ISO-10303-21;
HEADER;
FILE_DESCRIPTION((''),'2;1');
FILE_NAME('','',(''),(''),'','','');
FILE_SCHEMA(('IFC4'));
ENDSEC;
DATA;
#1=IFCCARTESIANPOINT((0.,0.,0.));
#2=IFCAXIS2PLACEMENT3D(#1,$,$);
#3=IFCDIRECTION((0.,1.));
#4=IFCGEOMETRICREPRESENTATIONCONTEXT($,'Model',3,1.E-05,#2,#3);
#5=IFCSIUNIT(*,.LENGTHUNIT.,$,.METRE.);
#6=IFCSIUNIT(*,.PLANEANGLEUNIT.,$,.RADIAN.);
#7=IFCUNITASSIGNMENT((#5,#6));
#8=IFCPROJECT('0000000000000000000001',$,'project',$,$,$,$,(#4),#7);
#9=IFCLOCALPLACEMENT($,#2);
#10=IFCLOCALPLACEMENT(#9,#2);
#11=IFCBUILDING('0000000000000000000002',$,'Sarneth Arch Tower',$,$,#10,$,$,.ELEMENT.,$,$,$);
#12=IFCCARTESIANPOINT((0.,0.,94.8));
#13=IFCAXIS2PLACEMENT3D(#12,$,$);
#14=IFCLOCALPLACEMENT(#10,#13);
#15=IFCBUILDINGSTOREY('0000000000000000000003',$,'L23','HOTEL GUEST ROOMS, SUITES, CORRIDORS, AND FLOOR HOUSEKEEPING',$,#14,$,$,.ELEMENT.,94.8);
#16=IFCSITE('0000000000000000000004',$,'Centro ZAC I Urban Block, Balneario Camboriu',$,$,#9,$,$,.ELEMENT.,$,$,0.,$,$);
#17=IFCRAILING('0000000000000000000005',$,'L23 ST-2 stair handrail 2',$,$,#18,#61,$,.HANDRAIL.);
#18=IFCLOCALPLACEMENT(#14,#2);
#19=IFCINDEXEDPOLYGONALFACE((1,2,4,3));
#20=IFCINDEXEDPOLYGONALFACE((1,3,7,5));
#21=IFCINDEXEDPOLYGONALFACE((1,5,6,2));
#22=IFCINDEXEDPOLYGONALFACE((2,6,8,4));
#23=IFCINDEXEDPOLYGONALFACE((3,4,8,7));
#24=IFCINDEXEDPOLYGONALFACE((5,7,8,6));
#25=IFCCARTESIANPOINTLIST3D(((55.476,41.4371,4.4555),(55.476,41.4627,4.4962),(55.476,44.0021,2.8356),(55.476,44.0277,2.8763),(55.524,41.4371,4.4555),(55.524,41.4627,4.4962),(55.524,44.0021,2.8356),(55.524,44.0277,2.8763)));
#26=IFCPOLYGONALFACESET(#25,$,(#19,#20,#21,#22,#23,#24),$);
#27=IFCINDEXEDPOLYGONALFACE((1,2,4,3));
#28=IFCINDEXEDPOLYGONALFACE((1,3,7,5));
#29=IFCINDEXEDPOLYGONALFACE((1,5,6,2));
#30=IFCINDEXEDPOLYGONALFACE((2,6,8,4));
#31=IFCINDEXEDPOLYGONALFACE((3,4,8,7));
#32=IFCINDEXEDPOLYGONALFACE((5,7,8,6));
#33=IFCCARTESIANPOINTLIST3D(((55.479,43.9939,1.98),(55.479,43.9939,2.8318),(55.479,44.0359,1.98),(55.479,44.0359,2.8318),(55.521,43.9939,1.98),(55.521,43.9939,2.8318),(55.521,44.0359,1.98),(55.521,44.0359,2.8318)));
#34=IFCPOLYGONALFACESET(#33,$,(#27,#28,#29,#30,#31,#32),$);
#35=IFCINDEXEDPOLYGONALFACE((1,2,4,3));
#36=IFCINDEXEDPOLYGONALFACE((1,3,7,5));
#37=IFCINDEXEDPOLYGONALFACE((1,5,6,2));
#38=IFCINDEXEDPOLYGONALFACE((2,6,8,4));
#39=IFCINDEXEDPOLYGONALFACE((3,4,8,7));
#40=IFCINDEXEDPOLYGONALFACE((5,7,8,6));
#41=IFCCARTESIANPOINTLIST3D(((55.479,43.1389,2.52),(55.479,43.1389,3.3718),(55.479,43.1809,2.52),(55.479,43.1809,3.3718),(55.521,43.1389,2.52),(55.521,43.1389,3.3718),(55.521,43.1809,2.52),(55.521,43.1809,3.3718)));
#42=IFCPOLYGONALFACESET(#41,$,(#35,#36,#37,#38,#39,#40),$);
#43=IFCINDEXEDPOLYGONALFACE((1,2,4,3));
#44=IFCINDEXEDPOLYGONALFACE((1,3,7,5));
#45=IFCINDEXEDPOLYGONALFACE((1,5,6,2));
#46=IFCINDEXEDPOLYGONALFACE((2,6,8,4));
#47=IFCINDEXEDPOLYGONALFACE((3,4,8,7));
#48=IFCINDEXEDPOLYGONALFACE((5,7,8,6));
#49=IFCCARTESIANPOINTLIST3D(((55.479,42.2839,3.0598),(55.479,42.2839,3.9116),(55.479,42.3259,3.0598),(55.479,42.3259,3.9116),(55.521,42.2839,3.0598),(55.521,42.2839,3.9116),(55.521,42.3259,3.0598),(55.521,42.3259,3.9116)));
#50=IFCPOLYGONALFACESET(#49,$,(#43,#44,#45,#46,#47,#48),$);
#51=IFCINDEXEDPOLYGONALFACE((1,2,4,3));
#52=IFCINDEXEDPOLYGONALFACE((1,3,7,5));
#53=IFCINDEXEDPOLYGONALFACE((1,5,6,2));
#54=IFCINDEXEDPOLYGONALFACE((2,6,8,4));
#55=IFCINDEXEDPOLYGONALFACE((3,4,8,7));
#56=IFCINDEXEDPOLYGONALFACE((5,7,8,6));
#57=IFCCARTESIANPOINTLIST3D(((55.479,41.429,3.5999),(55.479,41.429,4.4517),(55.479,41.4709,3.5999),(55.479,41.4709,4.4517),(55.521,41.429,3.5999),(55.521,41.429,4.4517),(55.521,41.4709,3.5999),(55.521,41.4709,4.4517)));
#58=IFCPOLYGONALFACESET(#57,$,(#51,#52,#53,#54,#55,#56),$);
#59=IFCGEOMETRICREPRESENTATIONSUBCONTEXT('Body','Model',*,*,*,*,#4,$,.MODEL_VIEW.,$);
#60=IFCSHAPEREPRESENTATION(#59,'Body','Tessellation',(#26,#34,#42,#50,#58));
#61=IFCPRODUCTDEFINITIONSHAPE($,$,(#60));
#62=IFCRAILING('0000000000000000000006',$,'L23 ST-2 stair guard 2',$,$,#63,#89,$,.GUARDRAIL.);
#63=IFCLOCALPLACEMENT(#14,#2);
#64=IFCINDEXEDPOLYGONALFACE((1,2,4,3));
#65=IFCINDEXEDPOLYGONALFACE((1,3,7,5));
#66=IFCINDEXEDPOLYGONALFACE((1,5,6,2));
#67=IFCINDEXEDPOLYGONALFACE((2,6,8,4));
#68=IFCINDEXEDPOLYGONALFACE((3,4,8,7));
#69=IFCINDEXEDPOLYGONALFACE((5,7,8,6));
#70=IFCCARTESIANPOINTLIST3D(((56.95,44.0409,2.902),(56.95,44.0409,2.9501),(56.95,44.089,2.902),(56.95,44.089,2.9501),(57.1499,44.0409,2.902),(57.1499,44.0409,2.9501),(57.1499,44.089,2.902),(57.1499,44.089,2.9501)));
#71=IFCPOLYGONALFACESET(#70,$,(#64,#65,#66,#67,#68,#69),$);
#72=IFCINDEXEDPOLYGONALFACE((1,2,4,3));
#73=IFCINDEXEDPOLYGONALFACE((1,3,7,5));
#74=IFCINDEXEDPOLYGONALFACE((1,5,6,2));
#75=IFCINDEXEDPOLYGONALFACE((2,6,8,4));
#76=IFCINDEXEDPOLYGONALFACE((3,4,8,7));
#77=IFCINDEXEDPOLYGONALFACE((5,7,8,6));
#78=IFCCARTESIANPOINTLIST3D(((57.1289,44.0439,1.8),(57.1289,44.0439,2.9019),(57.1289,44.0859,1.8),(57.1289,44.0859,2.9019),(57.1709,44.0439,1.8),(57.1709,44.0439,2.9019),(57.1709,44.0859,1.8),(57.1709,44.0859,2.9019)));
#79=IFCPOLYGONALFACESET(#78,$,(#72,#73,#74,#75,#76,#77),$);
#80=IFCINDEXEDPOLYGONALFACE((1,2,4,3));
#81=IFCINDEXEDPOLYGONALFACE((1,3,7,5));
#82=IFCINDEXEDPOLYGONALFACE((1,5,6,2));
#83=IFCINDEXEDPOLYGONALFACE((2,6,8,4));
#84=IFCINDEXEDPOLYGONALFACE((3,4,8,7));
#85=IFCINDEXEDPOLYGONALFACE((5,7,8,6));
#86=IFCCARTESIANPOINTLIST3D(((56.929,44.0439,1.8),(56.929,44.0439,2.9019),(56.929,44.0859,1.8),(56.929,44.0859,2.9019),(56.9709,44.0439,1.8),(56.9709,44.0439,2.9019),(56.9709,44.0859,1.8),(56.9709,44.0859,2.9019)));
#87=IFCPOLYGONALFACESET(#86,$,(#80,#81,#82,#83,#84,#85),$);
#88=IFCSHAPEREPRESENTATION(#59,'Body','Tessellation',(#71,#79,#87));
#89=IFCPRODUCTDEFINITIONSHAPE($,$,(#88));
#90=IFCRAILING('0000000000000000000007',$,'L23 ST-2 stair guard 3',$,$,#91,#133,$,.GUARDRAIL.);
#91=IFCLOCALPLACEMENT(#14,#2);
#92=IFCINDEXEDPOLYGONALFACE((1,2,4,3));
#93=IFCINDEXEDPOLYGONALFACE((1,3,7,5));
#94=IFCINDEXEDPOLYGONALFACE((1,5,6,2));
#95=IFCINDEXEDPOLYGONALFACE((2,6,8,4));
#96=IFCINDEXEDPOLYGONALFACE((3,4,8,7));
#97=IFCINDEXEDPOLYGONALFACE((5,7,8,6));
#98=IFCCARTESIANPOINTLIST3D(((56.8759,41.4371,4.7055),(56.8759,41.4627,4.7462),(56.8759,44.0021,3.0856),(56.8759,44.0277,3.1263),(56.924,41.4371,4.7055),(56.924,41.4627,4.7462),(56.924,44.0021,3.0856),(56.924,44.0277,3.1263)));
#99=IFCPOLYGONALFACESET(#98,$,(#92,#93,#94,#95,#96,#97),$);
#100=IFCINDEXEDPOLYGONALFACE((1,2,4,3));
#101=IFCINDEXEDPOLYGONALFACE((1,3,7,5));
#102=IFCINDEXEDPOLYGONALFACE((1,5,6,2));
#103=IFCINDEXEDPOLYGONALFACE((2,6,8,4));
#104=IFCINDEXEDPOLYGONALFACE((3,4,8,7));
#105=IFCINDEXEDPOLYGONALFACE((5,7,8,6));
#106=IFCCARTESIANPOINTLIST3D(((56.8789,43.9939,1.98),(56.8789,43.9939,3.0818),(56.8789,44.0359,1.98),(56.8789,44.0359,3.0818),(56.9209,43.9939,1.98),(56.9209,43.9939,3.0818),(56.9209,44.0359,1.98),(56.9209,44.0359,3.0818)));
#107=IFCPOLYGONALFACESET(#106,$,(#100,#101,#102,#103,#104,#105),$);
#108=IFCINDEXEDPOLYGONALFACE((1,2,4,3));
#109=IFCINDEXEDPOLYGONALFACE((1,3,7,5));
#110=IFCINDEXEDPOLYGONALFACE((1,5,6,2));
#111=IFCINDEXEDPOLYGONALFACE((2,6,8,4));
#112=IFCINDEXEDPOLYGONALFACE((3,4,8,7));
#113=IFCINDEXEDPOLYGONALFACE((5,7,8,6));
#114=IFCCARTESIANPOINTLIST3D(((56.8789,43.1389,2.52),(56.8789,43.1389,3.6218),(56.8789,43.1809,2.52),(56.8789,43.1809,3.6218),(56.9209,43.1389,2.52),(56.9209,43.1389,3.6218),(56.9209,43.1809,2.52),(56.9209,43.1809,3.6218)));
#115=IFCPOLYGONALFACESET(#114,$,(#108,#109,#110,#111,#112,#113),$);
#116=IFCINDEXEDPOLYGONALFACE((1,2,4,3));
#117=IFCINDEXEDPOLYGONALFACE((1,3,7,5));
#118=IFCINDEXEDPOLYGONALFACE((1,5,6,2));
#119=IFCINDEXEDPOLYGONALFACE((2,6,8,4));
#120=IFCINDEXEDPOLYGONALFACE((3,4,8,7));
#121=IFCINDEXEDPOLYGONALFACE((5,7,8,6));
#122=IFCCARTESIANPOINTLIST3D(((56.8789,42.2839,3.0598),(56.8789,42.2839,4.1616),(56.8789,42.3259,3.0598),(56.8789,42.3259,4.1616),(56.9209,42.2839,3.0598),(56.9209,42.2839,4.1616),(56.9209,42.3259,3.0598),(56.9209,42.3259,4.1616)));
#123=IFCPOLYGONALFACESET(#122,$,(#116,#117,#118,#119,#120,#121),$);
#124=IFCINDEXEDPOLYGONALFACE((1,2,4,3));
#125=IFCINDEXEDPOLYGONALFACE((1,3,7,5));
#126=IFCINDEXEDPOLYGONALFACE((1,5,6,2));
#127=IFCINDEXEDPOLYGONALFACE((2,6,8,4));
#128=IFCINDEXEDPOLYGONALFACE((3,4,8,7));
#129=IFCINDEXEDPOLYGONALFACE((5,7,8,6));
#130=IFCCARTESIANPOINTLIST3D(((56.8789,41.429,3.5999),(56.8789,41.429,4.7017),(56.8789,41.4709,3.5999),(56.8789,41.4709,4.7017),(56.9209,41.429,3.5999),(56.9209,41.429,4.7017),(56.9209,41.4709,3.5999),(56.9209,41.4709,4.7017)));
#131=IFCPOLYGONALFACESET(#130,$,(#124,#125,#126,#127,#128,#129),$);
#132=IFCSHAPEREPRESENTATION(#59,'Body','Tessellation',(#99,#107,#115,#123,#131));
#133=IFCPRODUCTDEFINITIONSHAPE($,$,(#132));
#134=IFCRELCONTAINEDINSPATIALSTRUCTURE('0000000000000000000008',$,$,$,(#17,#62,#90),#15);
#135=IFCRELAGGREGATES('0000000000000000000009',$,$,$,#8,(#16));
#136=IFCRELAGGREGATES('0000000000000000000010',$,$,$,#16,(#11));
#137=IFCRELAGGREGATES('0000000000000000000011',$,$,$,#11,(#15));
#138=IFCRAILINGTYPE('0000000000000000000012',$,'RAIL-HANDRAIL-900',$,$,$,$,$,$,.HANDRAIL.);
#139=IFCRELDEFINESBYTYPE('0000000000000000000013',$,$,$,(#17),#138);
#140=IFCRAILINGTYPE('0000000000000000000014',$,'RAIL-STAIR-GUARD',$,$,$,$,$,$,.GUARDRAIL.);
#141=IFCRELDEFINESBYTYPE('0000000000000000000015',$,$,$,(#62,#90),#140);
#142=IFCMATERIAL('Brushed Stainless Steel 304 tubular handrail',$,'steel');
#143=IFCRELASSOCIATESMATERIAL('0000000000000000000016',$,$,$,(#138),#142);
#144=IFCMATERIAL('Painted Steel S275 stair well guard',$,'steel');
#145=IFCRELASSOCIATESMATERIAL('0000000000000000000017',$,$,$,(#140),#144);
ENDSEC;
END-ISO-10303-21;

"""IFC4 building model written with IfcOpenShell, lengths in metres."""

from ifc_helpers import new_model, si_unit, direction, frame, origin, origin_2d, place, context, subcontext, project, spatial, rectangle, extrude, material, type_object, element, save


model = new_model("IFC4")

# Units and contexts
model_context = context("Model", 3, precision=1e-05, world=origin(), true_north=direction((0.0, 1.0)))
body_context = subcontext(model_context, "Body", "Model", "MODEL_VIEW")
ifc_project = project(units=[si_unit("LENGTHUNIT", "METRE"), si_unit("PLANEANGLEUNIT", "RADIAN")], contexts=[model_context])

# Site, building, storey
site_placement = place(None, origin())
site = spatial("IfcSite", under=ifc_project, at=site_placement, Name="Centro ZAC I Urban Block, Balneario Camboriu", CompositionType="ELEMENT", RefElevation=0.0)
building_placement = place(site_placement, origin())
building = spatial("IfcBuilding", under=site, at=building_placement, Name="Sarneth Arch Tower", CompositionType="ELEMENT")
storey_placement = place(building_placement, frame((0.0, 0.0, 94.8)))
storey = spatial("IfcBuildingStorey", under=building, at=storey_placement, Name="L23", Description="HOTEL GUEST ROOMS, SUITES, CORRIDORS, AND FLOOR HOUSEKEEPING", CompositionType="ELEMENT", Elevation=94.8)

# Railings
ifc_material_1 = material(Name="Brushed Stainless Steel 304 tubular handrail", Category="steel")
railing_type_1 = type_object("IfcRailingType", Name="RAIL-HANDRAIL-900", PredefinedType="HANDRAIL", material=ifc_material_1)
railing_1_placement = place(storey_placement, frame((55.5, 44.0149, 1.98)))
element("IfcRailing", 1, at=railing_1_placement, inside=storey, type_object=railing_type_1, Name="L23 ST-2 stair handrail 2", PredefinedType="HANDRAIL", context=body_context, shape_type="SweptSolid", body=[
    extrude(rectangle(XDim=0.0481, YDim=0.0481, at=origin_2d()), frame((0.0, 0.0, 0.876), z_axis=(0.0, -0.845502, 0.533972), x_axis=(1.0, 0.0, 0.0)), (0.0, 0.0, 1.0), 3.0337),
    extrude(rectangle(XDim=0.042, YDim=0.042, at=origin_2d()), origin(), (0.0, 0.0, 1.0), 0.8518),
    extrude(rectangle(XDim=0.042, YDim=0.042, at=origin_2d()), frame((0.0, -0.855, 0.54)), (0.0, 0.0, 1.0), 0.8518),
    extrude(rectangle(XDim=0.042, YDim=0.042, at=origin_2d()), frame((0.0, -1.71, 1.0798)), (0.0, 0.0, 1.0), 0.8518),
    extrude(rectangle(XDim=0.042, YDim=0.042, at=origin_2d()), frame((0.0, -2.5649, 1.6199)), (0.0, 0.0, 1.0), 0.8518),
])
ifc_material_2 = material(Name="Painted Steel S275 stair well guard", Category="steel")
railing_type_2 = type_object("IfcRailingType", Name="RAIL-STAIR-GUARD", PredefinedType="GUARDRAIL", material=ifc_material_2)
railing_2_placement = place(storey_placement, frame((57.1499, 44.0649, 1.8)))
element("IfcRailing", 2, at=railing_2_placement, inside=storey, type_object=railing_type_2, Name="L23 ST-2 stair guard 2", PredefinedType="GUARDRAIL", context=body_context, shape_type="SweptSolid", body=[
    extrude(rectangle(XDim=0.0481, YDim=0.0481, at=origin_2d()), frame((0.0, 0.0, 1.126), z_axis=(-1.0, 0.0, 0.0), x_axis=(0.0, -1.0, 0.0)), (0.0, 0.0, 1.0), 0.2),
    extrude(rectangle(XDim=0.042, YDim=0.042, at=origin_2d()), origin(), (0.0, 0.0, 1.0), 1.1018),
    extrude(rectangle(XDim=0.042, YDim=0.042, at=origin_2d()), frame((-0.2, 0.0, 0.0)), (0.0, 0.0, 1.0), 1.1018),
])
railing_3_placement = place(storey_placement, frame((56.8999, 44.0149, 1.98)))
element("IfcRailing", 3, at=railing_3_placement, inside=storey, type_object=railing_type_2, Name="L23 ST-2 stair guard 3", PredefinedType="GUARDRAIL", context=body_context, shape_type="SweptSolid", body=[
    extrude(rectangle(XDim=0.0481, YDim=0.0481, at=origin_2d()), frame((0.0, 0.0, 1.126), z_axis=(0.0, -0.845502, 0.533972), x_axis=(1.0, 0.0, 0.0)), (0.0, 0.0, 1.0), 3.0337),
    extrude(rectangle(XDim=0.042, YDim=0.042, at=origin_2d()), origin(), (0.0, 0.0, 1.0), 1.1018),
    extrude(rectangle(XDim=0.042, YDim=0.042, at=origin_2d()), frame((0.0, -0.855, 0.54)), (0.0, 0.0, 1.0), 1.1018),
    extrude(rectangle(XDim=0.042, YDim=0.042, at=origin_2d()), frame((0.0, -1.71, 1.0798)), (0.0, 0.0, 1.0), 1.1018),
    extrude(rectangle(XDim=0.042, YDim=0.042, at=origin_2d()), frame((0.0, -2.5649, 1.6199)), (0.0, 0.0, 1.0), 1.1018),
])

save(model, "model.ifc")
